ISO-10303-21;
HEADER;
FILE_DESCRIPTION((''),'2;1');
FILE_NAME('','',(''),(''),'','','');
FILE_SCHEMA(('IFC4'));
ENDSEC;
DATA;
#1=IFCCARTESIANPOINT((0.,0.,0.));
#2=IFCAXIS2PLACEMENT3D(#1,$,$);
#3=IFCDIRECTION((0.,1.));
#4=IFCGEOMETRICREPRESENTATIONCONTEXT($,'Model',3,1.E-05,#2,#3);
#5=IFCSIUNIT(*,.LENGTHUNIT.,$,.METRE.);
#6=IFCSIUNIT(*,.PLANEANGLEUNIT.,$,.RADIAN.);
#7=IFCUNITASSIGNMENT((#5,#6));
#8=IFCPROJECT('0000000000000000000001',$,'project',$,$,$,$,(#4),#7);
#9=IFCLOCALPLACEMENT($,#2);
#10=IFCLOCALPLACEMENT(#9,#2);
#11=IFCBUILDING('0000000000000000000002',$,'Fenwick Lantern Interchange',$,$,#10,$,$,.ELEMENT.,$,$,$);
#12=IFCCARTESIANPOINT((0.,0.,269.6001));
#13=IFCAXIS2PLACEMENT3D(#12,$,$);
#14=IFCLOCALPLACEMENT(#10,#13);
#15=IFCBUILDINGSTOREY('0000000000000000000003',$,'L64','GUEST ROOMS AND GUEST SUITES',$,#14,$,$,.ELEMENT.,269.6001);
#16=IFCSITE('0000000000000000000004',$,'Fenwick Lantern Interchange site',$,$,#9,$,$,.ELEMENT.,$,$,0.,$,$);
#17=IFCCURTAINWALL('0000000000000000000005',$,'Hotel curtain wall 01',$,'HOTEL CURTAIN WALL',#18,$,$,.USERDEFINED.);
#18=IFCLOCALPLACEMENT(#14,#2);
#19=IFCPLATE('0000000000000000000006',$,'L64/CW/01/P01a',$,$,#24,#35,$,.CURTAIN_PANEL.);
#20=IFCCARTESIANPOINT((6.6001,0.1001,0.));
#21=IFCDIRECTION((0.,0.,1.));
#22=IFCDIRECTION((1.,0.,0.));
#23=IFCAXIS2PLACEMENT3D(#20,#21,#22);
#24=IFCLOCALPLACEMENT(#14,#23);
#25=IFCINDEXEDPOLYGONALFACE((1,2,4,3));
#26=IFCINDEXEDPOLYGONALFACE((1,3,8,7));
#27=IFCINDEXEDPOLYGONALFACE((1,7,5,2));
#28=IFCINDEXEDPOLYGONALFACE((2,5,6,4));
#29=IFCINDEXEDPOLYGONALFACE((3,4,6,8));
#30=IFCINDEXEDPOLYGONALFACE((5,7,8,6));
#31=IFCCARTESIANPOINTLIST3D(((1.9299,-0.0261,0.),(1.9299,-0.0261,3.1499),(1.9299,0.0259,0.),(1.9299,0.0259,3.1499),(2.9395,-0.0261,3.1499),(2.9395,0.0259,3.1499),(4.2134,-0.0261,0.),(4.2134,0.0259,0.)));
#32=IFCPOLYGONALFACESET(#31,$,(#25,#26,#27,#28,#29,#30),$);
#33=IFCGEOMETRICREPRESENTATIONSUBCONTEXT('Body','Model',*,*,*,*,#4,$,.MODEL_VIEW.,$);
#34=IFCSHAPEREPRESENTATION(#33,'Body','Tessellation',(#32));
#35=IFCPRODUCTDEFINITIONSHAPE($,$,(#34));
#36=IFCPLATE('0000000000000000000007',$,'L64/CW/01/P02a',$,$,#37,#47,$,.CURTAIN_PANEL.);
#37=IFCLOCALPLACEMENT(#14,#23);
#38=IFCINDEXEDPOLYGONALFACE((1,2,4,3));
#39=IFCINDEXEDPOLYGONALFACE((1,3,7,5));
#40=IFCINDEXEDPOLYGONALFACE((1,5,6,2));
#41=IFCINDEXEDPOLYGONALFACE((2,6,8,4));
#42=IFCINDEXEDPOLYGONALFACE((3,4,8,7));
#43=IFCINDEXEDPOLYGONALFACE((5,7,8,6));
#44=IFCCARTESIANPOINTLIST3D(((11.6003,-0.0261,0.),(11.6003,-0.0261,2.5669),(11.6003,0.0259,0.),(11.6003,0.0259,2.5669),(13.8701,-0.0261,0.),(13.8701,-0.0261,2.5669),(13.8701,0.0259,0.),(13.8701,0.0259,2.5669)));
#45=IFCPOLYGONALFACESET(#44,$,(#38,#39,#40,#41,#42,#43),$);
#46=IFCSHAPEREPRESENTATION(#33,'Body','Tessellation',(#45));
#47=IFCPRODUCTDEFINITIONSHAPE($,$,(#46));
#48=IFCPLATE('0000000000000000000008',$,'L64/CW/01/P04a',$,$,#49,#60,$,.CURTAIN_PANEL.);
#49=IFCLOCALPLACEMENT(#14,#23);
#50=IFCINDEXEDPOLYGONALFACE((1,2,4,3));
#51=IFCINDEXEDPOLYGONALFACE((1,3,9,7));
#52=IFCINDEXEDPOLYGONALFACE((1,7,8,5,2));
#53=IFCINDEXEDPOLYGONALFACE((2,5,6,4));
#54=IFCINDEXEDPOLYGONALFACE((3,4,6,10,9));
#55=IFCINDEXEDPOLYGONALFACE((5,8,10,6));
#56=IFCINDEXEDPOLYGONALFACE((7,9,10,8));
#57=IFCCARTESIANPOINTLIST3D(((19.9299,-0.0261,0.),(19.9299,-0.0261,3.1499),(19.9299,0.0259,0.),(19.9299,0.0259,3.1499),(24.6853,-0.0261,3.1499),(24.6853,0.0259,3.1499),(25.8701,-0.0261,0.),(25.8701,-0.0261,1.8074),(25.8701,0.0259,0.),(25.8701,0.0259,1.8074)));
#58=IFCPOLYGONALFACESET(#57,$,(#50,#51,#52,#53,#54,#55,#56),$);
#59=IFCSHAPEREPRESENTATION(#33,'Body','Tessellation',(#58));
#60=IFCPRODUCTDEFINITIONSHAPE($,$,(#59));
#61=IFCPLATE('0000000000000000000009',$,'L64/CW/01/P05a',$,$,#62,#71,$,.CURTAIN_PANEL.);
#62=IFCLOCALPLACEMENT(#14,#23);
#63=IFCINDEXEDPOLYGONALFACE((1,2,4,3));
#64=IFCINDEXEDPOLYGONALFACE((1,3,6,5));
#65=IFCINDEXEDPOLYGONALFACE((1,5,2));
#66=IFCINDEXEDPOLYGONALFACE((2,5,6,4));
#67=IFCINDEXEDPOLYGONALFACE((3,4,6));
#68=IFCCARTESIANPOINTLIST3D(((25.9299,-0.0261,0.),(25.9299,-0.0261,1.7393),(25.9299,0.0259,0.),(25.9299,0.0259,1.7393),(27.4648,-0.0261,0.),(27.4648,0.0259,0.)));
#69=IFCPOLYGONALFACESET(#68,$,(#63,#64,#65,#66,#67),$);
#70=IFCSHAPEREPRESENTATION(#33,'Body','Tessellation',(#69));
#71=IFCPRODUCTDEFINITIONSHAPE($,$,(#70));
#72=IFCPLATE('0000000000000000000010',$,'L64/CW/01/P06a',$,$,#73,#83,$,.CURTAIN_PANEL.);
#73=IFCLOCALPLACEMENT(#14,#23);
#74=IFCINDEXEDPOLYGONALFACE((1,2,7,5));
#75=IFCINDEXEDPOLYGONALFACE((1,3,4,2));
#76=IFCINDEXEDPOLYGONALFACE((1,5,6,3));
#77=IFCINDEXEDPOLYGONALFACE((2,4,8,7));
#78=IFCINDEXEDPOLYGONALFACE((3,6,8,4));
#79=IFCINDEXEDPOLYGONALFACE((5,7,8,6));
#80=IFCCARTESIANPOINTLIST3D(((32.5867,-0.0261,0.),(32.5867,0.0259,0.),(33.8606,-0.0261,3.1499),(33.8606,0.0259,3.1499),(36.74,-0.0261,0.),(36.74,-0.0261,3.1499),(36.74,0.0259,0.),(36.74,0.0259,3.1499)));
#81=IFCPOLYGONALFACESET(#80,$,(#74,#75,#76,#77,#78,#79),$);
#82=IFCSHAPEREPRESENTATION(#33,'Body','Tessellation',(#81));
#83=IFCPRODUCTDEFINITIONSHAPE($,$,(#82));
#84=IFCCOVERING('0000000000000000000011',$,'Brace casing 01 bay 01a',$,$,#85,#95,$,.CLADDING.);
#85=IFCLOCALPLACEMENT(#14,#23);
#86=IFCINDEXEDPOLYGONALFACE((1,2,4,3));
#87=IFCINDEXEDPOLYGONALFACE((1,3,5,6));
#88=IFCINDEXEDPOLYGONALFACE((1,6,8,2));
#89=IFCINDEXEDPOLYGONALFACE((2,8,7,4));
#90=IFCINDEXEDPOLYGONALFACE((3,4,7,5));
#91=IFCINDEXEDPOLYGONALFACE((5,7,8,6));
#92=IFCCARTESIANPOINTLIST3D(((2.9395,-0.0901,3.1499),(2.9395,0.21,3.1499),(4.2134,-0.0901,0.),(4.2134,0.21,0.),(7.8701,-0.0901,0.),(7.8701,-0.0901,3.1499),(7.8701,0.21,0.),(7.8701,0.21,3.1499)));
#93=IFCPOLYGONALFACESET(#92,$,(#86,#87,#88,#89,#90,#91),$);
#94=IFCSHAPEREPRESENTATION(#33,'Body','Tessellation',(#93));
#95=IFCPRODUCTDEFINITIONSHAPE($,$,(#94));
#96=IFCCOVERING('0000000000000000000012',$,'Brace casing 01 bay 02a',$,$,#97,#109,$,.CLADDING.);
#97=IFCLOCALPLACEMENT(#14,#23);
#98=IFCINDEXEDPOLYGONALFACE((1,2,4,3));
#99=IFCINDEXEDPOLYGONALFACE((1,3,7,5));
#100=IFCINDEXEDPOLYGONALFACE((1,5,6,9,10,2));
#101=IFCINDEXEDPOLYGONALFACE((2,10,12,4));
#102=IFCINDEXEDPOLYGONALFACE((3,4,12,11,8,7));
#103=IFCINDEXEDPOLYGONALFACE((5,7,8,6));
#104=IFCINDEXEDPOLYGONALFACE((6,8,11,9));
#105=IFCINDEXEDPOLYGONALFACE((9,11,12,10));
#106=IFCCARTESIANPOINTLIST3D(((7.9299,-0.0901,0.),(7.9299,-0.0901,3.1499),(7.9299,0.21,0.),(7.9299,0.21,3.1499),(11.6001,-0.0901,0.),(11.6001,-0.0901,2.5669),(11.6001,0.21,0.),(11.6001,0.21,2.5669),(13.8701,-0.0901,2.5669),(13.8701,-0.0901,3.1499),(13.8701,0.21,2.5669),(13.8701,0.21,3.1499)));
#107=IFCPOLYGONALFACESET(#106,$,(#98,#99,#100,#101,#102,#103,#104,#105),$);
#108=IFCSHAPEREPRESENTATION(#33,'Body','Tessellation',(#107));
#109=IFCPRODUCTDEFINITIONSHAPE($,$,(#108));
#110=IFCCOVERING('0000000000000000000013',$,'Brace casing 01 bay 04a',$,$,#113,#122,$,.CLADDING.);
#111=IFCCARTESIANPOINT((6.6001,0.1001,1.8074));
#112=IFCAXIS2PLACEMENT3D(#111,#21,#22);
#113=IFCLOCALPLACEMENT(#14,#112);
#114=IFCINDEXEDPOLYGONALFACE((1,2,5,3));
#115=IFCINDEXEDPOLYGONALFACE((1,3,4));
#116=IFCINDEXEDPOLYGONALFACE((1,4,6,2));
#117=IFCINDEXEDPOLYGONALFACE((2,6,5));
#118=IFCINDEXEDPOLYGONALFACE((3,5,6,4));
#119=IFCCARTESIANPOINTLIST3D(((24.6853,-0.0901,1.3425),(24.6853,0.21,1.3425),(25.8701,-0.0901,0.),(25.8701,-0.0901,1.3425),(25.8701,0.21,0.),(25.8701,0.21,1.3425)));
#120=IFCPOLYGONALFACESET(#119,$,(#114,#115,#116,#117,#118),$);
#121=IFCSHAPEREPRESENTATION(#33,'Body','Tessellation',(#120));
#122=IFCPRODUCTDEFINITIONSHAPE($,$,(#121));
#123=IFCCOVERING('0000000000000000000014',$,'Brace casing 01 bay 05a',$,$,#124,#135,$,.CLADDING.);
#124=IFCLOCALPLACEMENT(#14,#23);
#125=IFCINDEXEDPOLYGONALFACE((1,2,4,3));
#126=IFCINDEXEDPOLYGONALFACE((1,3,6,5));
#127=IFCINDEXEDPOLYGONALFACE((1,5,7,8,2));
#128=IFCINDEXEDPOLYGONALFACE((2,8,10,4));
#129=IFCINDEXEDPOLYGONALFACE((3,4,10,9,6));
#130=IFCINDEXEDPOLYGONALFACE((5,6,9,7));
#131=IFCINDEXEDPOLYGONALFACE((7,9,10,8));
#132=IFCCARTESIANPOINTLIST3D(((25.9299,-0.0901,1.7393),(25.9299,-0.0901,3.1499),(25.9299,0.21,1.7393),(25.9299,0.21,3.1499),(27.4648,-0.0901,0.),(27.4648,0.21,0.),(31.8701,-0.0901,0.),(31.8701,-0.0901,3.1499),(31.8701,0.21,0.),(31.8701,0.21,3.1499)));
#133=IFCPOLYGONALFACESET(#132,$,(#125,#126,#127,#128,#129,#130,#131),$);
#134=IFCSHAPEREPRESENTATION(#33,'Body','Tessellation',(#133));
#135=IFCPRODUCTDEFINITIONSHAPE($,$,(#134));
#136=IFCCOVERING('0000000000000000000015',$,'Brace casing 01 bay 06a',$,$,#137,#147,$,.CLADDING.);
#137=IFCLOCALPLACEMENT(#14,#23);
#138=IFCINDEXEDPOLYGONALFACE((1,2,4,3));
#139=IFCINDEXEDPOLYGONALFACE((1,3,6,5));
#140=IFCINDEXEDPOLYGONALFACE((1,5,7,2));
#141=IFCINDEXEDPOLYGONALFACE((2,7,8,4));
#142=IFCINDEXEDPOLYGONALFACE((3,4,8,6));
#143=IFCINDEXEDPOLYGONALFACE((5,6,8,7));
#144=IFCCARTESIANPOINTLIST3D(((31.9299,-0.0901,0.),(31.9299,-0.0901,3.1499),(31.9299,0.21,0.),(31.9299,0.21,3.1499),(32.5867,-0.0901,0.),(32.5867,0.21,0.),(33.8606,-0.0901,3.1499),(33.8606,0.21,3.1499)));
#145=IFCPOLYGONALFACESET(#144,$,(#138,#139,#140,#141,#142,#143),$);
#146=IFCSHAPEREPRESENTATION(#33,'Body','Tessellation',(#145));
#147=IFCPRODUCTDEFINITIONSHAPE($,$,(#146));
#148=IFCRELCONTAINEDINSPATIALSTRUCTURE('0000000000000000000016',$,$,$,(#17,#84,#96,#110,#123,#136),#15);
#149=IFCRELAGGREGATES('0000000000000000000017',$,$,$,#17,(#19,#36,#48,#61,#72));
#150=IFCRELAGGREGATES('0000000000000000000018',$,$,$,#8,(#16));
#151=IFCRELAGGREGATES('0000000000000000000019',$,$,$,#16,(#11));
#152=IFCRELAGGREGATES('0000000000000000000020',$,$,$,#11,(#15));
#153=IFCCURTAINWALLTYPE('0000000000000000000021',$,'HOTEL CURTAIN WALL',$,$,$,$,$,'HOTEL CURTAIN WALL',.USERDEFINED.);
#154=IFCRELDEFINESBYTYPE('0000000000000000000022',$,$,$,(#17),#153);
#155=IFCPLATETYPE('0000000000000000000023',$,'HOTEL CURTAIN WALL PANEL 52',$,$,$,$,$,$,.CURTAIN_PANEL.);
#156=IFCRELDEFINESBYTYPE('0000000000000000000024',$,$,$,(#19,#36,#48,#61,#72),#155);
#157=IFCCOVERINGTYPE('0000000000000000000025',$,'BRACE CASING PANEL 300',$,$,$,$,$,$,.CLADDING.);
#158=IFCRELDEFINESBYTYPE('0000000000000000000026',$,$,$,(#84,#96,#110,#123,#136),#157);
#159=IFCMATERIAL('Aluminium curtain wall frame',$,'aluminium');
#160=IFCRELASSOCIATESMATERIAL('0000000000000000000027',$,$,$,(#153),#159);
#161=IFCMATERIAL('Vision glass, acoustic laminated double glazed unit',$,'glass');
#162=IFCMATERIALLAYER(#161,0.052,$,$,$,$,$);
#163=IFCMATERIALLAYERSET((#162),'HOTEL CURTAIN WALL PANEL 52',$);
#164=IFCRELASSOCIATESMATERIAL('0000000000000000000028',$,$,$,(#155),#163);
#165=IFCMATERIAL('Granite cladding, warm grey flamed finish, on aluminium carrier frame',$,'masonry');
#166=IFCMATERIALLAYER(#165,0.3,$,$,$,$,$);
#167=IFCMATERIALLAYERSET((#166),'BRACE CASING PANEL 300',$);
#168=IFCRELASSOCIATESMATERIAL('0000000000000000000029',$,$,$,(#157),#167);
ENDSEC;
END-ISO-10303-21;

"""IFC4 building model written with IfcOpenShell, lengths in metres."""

from ifc_helpers import new_model, si_unit, direction, frame, origin, place, context, subcontext, project, spatial, polyline, outline, extrude, material, layer, layer_set, type_object, element, aggregate, save


model = new_model("IFC4")

# Units and contexts
model_context = context("Model", 3, precision=1e-05, world=origin(), true_north=direction((0.0, 1.0)))
body_context = subcontext(model_context, "Body", "Model", "MODEL_VIEW")
ifc_project = project(units=[si_unit("LENGTHUNIT", "METRE"), si_unit("PLANEANGLEUNIT", "RADIAN")], contexts=[model_context])

# Site, building, storey
site_placement = place(None, origin())
site = spatial("IfcSite", under=ifc_project, at=site_placement, Name="Fenwick Lantern Interchange site", CompositionType="ELEMENT", RefElevation=0.0)
building_placement = place(site_placement, origin())
building = spatial("IfcBuilding", under=site, at=building_placement, Name="Fenwick Lantern Interchange", CompositionType="ELEMENT")
storey_placement = place(building_placement, frame((0.0, 0.0, 269.6001)))
storey = spatial("IfcBuildingStorey", under=building, at=storey_placement, Name="L64", Description="GUEST ROOMS AND GUEST SUITES", CompositionType="ELEMENT", Elevation=269.6001)

# Curtain wall, plates
ifc_material_1 = material(Name="Aluminium curtain wall frame", Category="aluminium")
curtain_wall_type = type_object("IfcCurtainWallType", Name="HOTEL CURTAIN WALL", ElementType="HOTEL CURTAIN WALL", PredefinedType="USERDEFINED", material=ifc_material_1)
curtain_wall_placement = place(storey_placement, origin())
curtain_wall = element("IfcCurtainWall", 1, at=curtain_wall_placement, inside=storey, type_object=curtain_wall_type, Name="Hotel curtain wall 01", ObjectType="HOTEL CURTAIN WALL", PredefinedType="USERDEFINED")
ifc_material_2 = material(Name="Vision glass, acoustic laminated double glazed unit", Category="glass")
ifc_layer_1 = layer(ifc_material_2, 0.052)
ifc_layer_set_1 = layer_set([ifc_layer_1], Name="HOTEL CURTAIN WALL PANEL 52")
plate_type = type_object("IfcPlateType", Name="HOTEL CURTAIN WALL PANEL 52", PredefinedType="CURTAIN_PANEL", material=ifc_layer_set_1)
plate_1_placement = place(storey_placement, frame((6.6001, 0.1001, 0.0), z_axis=(0.0, 0.0, 1.0), x_axis=(1.0, 0.0, 0.0)))
plate_1 = element("IfcPlate", 2, at=plate_1_placement, type_object=plate_type, Name="L64/CW/01/P01a", PredefinedType="CURTAIN_PANEL", context=body_context, shape_type="SweptSolid", body=[
    extrude(outline(polyline([(1.9299, 0.0), (4.2134, 0.0), (2.9395, 3.1499), (1.9299, 3.1499), (1.9299, 0.0)])), frame((0.0, 0.0259, 0.0), z_axis=(0.0, -1.0, 0.0), x_axis=(1.0, 0.0, 0.0)), (0.0, 0.0, 1.0), 0.052),
])
plate_2_placement = place(storey_placement, frame((6.6001, 0.1001, 0.0), z_axis=(0.0, 0.0, 1.0), x_axis=(1.0, 0.0, 0.0)))
plate_2 = element("IfcPlate", 3, at=plate_2_placement, type_object=plate_type, Name="L64/CW/01/P02a", PredefinedType="CURTAIN_PANEL", context=body_context, shape_type="SweptSolid", body=[
    extrude(outline(polyline([(11.6003, 0.0), (13.8701, 0.0), (13.8701, 2.5669), (11.6003, 2.5669), (11.6003, 0.0)])), frame((0.0, 0.0259, 0.0), z_axis=(0.0, -1.0, 0.0), x_axis=(1.0, 0.0, 0.0)), (0.0, 0.0, 1.0), 0.052),
])
plate_3_placement = place(storey_placement, frame((6.6001, 0.1001, 0.0), z_axis=(0.0, 0.0, 1.0), x_axis=(1.0, 0.0, 0.0)))
plate_3 = element("IfcPlate", 4, at=plate_3_placement, type_object=plate_type, Name="L64/CW/01/P04a", PredefinedType="CURTAIN_PANEL", context=body_context, shape_type="SweptSolid", body=[
    extrude(outline(polyline([(19.9299, 0.0), (25.8701, 0.0), (25.8701, 1.8074), (24.6853, 3.1499), (19.9299, 3.1499), (19.9299, 0.0)])), frame((0.0, 0.0259, 0.0), z_axis=(0.0, -1.0, 0.0), x_axis=(1.0, 0.0, 0.0)), (0.0, 0.0, 1.0), 0.052),
])
plate_4_placement = place(storey_placement, frame((6.6001, 0.1001, 0.0), z_axis=(0.0, 0.0, 1.0), x_axis=(1.0, 0.0, 0.0)))
plate_4 = element("IfcPlate", 5, at=plate_4_placement, type_object=plate_type, Name="L64/CW/01/P05a", PredefinedType="CURTAIN_PANEL", context=body_context, shape_type="SweptSolid", body=[
    extrude(outline(polyline([(25.9299, 0.0), (27.4648, 0.0), (25.9299, 1.7393), (25.9299, 0.0)])), frame((0.0, 0.0259, 0.0), z_axis=(0.0, -1.0, 0.0), x_axis=(1.0, 0.0, 0.0)), (0.0, 0.0, 1.0), 0.052),
])
plate_5_placement = place(storey_placement, frame((6.6001, 0.1001, 0.0), z_axis=(0.0, 0.0, 1.0), x_axis=(1.0, 0.0, 0.0)))
plate_5 = element("IfcPlate", 6, at=plate_5_placement, type_object=plate_type, Name="L64/CW/01/P06a", PredefinedType="CURTAIN_PANEL", context=body_context, shape_type="SweptSolid", body=[
    extrude(outline(polyline([(32.5867, 0.0), (36.74, 0.0), (36.74, 3.1499), (33.8606, 3.1499), (32.5867, 0.0)])), frame((0.0, 0.0259, 0.0), z_axis=(0.0, -1.0, 0.0), x_axis=(1.0, 0.0, 0.0)), (0.0, 0.0, 1.0), 0.052),
])
aggregate(curtain_wall, [plate_1, plate_2, plate_3, plate_4, plate_5])

# Coverings
ifc_material_3 = material(Name="Granite cladding, warm grey flamed finish, on aluminium carrier frame", Category="masonry")
ifc_layer_2 = layer(ifc_material_3, 0.3)
ifc_layer_set_2 = layer_set([ifc_layer_2], Name="BRACE CASING PANEL 300")
covering_type_1 = type_object("IfcCoveringType", Name="BRACE CASING PANEL 300", PredefinedType="CLADDING", material=ifc_layer_set_2)
covering_1_placement = place(storey_placement, frame((6.6001, 0.1001, 0.0), z_axis=(0.0, 0.0, 1.0), x_axis=(1.0, 0.0, 0.0)))
element("IfcCovering", 7, at=covering_1_placement, inside=storey, type_object=covering_type_1, Name="Brace casing 01 bay 01a", PredefinedType="CLADDING", context=body_context, shape_type="SweptSolid", body=[
    extrude(outline(polyline([(4.2134, 0.0), (7.8701, 0.0), (7.8701, 3.1499), (2.9395, 3.1499), (4.2134, 0.0)])), frame((0.0, 0.21, 0.0), z_axis=(0.0, -1.0, 0.0), x_axis=(1.0, 0.0, 0.0)), (0.0, 0.0, 1.0), 0.3),
])
covering_2_placement = place(storey_placement, frame((6.6001, 0.1001, 0.0), z_axis=(0.0, 0.0, 1.0), x_axis=(1.0, 0.0, 0.0)))
element("IfcCovering", 8, at=covering_2_placement, inside=storey, type_object=covering_type_1, Name="Brace casing 01 bay 02a", PredefinedType="CLADDING", context=body_context, shape_type="SweptSolid", body=[
    extrude(outline(polyline([(7.9299, 0.0), (11.6001, 0.0), (11.6001, 2.5669), (13.8701, 2.5669), (13.8701, 3.1499), (7.9299, 3.1499), (7.9299, 0.0)])), frame((0.0, 0.21, 0.0), z_axis=(0.0, -1.0, 0.0), x_axis=(1.0, 0.0, 0.0)), (0.0, 0.0, 1.0), 0.3),
])
covering_3_placement = place(storey_placement, frame((6.6001, 0.1001, 1.8074), z_axis=(0.0, 0.0, 1.0), x_axis=(1.0, 0.0, 0.0)))
element("IfcCovering", 9, at=covering_3_placement, inside=storey, type_object=covering_type_1, Name="Brace casing 01 bay 04a", PredefinedType="CLADDING", context=body_context, shape_type="SweptSolid", body=[
    extrude(outline(polyline([(25.8701, 0.0), (25.8701, 1.3425), (24.6853, 1.3425), (25.8701, 0.0)])), frame((0.0, 0.21, 0.0), z_axis=(0.0, -1.0, 0.0), x_axis=(1.0, 0.0, 0.0)), (0.0, 0.0, 1.0), 0.3),
])
covering_4_placement = place(storey_placement, frame((6.6001, 0.1001, 0.0), z_axis=(0.0, 0.0, 1.0), x_axis=(1.0, 0.0, 0.0)))
element("IfcCovering", 10, at=covering_4_placement, inside=storey, type_object=covering_type_1, Name="Brace casing 01 bay 05a", PredefinedType="CLADDING", context=body_context, shape_type="SweptSolid", body=[
    extrude(outline(polyline([(27.4648, 0.0), (31.8701, 0.0), (31.8701, 3.1499), (25.9299, 3.1499), (25.9299, 1.7393), (27.4648, 0.0)])), frame((0.0, 0.21, 0.0), z_axis=(0.0, -1.0, 0.0), x_axis=(1.0, 0.0, 0.0)), (0.0, 0.0, 1.0), 0.3),
])
covering_5_placement = place(storey_placement, frame((6.6001, 0.1001, 0.0), z_axis=(0.0, 0.0, 1.0), x_axis=(1.0, 0.0, 0.0)))
element("IfcCovering", 11, at=covering_5_placement, inside=storey, type_object=covering_type_1, Name="Brace casing 01 bay 06a", PredefinedType="CLADDING", context=body_context, shape_type="SweptSolid", body=[
    extrude(outline(polyline([(31.9299, 0.0), (32.5867, 0.0), (33.8606, 3.1499), (31.9299, 3.1499), (31.9299, 0.0)])), frame((0.0, 0.21, 0.0), z_axis=(0.0, -1.0, 0.0), x_axis=(1.0, 0.0, 0.0)), (0.0, 0.0, 1.0), 0.3),
])

save(model, "model.ifc")
